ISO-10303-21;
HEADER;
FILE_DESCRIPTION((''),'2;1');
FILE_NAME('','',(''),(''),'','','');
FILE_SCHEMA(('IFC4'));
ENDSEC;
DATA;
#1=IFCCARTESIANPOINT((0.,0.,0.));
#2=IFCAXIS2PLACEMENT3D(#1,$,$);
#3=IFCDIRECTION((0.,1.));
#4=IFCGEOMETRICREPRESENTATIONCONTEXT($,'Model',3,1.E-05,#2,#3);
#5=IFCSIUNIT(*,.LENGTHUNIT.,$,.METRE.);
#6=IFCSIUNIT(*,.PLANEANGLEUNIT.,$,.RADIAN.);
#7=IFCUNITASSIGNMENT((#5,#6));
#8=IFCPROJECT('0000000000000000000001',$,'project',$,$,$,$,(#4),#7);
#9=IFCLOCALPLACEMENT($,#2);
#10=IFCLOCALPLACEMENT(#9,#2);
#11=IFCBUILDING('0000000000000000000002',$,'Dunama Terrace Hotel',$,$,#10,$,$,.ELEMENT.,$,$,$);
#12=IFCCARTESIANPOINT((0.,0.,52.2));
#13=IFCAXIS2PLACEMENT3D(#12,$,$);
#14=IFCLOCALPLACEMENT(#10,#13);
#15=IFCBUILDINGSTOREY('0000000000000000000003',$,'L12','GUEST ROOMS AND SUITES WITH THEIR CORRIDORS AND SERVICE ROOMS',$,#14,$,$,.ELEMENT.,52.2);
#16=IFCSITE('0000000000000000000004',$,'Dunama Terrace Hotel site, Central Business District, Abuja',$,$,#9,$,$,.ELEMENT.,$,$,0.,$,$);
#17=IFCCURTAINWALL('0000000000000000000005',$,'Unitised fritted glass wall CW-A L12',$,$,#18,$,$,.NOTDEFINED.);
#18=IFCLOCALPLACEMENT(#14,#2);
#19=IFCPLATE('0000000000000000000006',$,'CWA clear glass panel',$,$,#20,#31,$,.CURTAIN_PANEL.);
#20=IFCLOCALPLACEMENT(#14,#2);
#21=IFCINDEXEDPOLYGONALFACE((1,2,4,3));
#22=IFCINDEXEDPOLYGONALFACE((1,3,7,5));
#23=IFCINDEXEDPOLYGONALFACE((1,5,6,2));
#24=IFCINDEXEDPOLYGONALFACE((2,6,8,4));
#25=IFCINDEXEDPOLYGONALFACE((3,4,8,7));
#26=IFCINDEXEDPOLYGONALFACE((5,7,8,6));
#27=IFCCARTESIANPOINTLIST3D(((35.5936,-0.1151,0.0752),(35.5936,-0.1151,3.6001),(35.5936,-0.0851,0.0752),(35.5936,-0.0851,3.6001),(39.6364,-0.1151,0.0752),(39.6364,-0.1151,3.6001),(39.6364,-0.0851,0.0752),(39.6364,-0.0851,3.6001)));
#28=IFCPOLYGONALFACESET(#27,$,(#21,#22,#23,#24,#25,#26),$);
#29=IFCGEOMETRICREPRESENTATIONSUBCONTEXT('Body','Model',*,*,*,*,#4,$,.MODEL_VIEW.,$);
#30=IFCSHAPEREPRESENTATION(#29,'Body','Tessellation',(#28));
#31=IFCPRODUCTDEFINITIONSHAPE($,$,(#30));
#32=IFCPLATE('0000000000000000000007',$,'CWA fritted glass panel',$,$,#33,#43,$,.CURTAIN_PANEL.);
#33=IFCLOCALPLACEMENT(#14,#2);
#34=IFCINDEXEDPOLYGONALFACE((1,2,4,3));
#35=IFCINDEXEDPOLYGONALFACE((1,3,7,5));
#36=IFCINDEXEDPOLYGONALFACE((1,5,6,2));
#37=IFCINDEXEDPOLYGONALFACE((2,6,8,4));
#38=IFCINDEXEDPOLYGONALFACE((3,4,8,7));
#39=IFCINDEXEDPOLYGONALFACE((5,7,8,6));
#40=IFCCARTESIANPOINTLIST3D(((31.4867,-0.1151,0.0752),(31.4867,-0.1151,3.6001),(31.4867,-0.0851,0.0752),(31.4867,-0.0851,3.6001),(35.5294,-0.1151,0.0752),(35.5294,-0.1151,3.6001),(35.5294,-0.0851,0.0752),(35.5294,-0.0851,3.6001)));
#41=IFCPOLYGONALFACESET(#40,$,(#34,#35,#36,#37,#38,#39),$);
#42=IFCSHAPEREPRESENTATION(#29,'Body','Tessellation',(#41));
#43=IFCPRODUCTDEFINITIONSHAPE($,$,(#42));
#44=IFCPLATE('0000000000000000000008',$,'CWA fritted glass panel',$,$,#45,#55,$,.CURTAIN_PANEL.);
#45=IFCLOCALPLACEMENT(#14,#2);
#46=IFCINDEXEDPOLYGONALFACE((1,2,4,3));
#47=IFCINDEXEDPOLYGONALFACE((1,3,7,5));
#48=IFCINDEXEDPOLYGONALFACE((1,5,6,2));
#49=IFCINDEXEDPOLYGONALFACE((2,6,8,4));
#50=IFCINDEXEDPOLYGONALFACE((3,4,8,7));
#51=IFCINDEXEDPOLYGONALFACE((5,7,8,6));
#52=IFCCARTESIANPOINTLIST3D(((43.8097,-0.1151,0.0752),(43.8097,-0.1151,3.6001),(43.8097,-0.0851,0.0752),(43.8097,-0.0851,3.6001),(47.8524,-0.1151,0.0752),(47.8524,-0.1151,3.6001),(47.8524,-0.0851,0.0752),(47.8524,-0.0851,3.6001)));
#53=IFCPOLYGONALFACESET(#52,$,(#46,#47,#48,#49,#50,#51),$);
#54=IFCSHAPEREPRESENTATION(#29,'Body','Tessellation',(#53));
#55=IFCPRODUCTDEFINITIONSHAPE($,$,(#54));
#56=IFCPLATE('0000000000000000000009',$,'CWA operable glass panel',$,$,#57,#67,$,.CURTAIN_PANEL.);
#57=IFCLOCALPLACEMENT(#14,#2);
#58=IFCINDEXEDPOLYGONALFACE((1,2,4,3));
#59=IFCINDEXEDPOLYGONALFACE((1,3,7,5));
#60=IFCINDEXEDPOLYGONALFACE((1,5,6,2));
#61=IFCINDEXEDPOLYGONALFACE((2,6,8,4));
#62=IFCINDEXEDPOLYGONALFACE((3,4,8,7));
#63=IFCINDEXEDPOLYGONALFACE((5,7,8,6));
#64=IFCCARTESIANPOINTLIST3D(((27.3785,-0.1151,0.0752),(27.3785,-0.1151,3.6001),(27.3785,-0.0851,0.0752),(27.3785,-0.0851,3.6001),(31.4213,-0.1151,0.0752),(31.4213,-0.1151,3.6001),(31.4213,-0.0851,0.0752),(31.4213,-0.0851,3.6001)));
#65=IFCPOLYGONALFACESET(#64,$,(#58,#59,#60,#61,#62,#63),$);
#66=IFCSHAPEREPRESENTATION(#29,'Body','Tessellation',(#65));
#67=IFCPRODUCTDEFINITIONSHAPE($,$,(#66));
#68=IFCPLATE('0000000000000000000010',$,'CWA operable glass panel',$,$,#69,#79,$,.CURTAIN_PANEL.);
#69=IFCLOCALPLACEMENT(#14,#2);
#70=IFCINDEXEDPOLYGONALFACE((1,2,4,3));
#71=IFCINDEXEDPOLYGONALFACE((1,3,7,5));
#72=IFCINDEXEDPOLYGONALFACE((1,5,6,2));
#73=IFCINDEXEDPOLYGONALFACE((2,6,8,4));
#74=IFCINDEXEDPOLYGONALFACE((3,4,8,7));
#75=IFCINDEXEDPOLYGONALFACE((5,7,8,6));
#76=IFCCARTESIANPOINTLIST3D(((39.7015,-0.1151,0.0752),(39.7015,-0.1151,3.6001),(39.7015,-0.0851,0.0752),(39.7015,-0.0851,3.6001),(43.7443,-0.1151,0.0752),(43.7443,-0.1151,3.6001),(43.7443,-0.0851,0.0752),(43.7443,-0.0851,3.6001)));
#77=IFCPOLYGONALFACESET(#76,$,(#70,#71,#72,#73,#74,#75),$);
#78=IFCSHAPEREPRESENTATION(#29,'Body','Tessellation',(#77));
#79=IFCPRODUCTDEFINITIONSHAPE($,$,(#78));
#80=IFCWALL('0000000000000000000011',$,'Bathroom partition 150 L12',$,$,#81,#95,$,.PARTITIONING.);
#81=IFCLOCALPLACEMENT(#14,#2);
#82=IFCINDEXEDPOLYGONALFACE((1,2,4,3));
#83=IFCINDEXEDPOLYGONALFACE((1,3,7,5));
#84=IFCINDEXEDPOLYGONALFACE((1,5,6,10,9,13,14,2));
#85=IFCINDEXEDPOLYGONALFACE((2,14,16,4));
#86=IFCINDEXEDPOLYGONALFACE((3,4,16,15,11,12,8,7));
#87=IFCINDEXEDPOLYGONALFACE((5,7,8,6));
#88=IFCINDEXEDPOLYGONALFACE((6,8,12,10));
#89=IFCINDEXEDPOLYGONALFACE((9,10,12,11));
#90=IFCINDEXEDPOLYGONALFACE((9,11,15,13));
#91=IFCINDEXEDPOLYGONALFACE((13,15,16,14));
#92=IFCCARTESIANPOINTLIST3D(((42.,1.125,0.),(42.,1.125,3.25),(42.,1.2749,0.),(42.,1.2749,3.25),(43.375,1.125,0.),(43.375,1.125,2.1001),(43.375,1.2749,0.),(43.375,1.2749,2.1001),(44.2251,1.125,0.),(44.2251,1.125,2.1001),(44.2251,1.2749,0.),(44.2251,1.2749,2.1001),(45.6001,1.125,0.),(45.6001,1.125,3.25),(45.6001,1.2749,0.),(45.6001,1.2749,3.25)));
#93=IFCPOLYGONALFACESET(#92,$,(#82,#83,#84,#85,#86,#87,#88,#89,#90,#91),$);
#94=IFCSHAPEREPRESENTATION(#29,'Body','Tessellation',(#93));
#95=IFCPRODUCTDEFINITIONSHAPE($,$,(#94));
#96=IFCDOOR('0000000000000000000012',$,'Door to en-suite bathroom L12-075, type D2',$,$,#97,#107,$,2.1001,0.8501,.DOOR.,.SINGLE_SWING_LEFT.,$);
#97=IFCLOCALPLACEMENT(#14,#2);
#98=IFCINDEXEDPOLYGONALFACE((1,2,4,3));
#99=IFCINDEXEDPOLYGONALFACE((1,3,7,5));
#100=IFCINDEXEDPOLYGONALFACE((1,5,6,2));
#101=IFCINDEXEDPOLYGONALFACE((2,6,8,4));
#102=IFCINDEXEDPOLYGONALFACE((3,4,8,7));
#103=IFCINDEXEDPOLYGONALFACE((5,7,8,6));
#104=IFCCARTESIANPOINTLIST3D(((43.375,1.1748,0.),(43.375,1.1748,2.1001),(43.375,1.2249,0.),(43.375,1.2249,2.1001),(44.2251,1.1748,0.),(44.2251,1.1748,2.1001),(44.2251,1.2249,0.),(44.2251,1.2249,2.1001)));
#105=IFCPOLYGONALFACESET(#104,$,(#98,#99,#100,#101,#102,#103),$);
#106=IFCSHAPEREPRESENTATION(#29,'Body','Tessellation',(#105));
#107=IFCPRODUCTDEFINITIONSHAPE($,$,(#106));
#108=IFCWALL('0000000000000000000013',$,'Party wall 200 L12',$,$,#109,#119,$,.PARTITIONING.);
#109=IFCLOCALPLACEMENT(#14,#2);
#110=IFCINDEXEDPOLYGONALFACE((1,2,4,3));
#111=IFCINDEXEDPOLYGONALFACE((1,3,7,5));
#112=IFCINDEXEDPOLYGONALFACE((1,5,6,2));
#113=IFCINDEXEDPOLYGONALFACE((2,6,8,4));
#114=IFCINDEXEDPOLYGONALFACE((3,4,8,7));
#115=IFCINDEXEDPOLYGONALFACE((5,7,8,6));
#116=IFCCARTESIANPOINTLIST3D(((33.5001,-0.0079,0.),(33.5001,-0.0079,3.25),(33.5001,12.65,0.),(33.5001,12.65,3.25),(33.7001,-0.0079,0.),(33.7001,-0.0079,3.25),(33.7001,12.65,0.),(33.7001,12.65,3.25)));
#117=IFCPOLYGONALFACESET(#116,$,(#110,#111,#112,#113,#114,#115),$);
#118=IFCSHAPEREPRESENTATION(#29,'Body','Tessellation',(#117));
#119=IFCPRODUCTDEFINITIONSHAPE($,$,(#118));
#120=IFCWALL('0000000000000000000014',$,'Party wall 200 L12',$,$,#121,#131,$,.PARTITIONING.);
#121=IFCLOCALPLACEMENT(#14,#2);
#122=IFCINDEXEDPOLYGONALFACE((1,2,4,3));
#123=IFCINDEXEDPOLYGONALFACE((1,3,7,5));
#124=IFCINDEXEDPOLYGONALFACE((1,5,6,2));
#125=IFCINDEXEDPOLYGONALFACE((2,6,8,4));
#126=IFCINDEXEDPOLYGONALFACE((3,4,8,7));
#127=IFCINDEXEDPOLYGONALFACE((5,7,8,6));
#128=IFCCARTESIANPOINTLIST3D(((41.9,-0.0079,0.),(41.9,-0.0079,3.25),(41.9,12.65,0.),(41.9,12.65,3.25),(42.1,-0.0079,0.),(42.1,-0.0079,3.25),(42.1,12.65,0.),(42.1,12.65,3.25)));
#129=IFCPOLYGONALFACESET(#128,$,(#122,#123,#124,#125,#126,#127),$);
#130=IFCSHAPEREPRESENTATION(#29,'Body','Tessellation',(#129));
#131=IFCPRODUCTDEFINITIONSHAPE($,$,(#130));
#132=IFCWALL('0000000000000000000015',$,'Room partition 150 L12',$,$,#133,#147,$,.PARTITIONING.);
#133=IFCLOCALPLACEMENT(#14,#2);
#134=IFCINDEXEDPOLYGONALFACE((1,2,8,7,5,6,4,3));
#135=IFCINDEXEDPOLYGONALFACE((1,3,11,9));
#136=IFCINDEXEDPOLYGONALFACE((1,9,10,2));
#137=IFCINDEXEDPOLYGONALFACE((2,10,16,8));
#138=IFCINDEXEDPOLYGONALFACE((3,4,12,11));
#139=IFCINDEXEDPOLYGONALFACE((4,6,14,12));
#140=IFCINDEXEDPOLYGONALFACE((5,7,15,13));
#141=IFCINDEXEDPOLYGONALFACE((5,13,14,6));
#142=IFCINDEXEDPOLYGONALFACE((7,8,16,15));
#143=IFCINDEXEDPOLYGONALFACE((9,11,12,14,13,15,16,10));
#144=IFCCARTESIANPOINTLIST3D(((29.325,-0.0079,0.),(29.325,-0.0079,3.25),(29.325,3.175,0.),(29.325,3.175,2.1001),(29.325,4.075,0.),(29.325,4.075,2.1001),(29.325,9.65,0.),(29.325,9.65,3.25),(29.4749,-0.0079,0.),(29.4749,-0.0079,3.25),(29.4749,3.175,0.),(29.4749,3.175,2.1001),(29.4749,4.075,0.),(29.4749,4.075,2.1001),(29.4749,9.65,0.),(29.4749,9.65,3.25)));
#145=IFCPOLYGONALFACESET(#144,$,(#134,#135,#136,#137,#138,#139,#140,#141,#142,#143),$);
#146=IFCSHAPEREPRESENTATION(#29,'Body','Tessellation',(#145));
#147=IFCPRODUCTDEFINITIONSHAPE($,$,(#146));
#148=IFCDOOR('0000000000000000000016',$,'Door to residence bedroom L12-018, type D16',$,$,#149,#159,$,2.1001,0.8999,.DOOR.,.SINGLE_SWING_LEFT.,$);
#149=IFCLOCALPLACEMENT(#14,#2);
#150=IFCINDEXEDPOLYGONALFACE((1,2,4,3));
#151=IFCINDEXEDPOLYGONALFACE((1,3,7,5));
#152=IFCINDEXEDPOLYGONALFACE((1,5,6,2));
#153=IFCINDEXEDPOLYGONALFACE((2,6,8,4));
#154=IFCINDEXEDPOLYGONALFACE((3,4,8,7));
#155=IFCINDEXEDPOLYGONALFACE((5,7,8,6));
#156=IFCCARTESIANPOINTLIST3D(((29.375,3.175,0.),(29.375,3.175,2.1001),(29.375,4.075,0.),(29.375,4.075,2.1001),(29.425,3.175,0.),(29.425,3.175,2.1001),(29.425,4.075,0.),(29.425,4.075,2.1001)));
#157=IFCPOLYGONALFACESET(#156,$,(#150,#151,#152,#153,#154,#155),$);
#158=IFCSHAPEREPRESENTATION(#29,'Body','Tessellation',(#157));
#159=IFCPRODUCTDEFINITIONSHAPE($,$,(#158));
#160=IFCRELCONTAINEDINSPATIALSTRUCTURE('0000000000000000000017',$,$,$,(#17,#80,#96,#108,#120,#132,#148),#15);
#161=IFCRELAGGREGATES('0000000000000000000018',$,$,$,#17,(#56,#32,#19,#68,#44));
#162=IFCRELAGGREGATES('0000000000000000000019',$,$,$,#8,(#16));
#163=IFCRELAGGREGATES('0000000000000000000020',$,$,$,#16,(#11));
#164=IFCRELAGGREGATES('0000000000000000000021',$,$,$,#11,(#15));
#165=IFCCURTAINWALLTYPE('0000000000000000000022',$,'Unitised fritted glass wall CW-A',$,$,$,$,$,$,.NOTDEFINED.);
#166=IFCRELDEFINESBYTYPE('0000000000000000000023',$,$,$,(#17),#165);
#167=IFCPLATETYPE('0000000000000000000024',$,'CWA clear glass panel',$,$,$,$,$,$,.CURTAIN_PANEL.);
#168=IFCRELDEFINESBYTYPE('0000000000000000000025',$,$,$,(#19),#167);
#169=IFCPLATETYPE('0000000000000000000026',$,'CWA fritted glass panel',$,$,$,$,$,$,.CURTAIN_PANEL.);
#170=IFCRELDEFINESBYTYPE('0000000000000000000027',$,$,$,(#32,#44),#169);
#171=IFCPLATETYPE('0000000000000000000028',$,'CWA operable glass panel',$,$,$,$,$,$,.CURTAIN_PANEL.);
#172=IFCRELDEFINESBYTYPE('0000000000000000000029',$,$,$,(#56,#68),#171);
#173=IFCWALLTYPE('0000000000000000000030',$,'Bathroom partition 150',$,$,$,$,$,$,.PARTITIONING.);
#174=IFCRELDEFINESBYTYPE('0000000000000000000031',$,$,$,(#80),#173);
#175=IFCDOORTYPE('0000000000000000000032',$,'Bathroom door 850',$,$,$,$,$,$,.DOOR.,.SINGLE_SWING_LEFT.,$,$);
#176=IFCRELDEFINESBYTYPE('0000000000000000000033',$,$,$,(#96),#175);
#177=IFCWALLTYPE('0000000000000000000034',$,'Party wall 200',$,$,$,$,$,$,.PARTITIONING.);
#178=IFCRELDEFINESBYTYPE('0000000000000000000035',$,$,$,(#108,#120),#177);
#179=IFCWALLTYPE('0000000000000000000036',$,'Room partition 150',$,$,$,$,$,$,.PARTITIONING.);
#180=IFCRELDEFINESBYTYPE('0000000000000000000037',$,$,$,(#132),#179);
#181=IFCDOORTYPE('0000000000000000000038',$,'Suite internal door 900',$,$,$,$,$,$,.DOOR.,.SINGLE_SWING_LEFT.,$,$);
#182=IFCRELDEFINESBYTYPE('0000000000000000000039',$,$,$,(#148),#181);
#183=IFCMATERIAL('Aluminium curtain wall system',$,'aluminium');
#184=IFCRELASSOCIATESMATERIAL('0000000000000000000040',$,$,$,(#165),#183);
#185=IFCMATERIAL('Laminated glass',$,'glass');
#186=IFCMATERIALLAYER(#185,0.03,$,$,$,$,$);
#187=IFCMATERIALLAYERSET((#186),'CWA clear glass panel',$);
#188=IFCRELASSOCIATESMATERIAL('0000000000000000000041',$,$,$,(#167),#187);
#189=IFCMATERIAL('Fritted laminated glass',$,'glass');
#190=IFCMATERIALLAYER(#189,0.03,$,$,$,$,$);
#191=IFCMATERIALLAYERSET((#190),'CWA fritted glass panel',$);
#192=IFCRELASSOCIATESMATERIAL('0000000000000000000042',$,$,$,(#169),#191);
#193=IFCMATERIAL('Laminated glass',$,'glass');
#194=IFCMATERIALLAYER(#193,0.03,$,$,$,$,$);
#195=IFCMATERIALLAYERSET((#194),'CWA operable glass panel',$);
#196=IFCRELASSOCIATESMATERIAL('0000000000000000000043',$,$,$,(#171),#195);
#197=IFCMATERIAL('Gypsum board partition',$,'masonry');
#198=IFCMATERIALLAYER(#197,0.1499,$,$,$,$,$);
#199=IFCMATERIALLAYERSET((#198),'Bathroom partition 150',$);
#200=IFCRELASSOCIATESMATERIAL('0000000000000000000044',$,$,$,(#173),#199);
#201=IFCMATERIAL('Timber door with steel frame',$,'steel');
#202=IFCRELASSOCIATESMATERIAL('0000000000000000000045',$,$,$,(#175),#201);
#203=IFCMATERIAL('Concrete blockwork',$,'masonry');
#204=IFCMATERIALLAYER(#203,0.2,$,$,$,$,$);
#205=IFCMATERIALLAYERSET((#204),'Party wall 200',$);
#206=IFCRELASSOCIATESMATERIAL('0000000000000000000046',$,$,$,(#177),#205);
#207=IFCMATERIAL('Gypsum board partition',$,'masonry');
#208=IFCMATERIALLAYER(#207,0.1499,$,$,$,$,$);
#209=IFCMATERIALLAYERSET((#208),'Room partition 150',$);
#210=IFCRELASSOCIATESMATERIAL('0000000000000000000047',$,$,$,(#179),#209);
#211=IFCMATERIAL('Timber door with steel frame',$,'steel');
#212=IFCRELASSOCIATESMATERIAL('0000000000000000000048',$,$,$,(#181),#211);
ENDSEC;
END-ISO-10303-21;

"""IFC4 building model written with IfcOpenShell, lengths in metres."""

from ifc_helpers import new_model, si_unit, direction, frame, frame_2d, origin, origin_2d, place, context, subcontext, project, spatial, rectangle, extrude, material, layer, layer_set, type_object, element, fill, aggregate, save


model = new_model("IFC4")

# Units and contexts
model_context = context("Model", 3, precision=1e-05, world=origin(), true_north=direction((0.0, 1.0)))
body_context = subcontext(model_context, "Body", "Model", "MODEL_VIEW")
ifc_project = project(units=[si_unit("LENGTHUNIT", "METRE"), si_unit("PLANEANGLEUNIT", "RADIAN")], contexts=[model_context])

# Site, building, storey
site_placement = place(None, origin())
site = spatial("IfcSite", under=ifc_project, at=site_placement, Name="Dunama Terrace Hotel site, Central Business District, Abuja", CompositionType="ELEMENT", RefElevation=0.0)
building_placement = place(site_placement, origin())
building = spatial("IfcBuilding", under=site, at=building_placement, Name="Dunama Terrace Hotel", CompositionType="ELEMENT")
storey_placement = place(building_placement, frame((0.0, 0.0, 52.2)))
storey = spatial("IfcBuildingStorey", under=building, at=storey_placement, Name="L12", Description="GUEST ROOMS AND SUITES WITH THEIR CORRIDORS AND SERVICE ROOMS", CompositionType="ELEMENT", Elevation=52.2)

# Curtain wall
ifc_material_1 = material(Name="Aluminium curtain wall system", Category="aluminium")
curtain_wall_type = type_object("IfcCurtainWallType", Name="Unitised fritted glass wall CW-A", PredefinedType="NOTDEFINED", material=ifc_material_1)
curtain_wall_placement = place(storey_placement, origin())
curtain_wall = element("IfcCurtainWall", 1, at=curtain_wall_placement, inside=storey, type_object=curtain_wall_type, Name="Unitised fritted glass wall CW-A L12", PredefinedType="NOTDEFINED")

# Plates
ifc_material_2 = material(Name="Laminated glass", Category="glass")
ifc_layer_1 = layer(ifc_material_2, 0.03)
ifc_layer_set_1 = layer_set([ifc_layer_1], Name="CWA clear glass panel")
plate_type_1 = type_object("IfcPlateType", Name="CWA clear glass panel", PredefinedType="CURTAIN_PANEL", material=ifc_layer_set_1)
plate_1_placement = place(storey_placement, frame((37.615, -0.1001, 0.0752), z_axis=(0.0, 0.0, 1.0), x_axis=(1.0, 0.0, 0.0)))
plate_1 = element("IfcPlate", 2, at=plate_1_placement, type_object=plate_type_1, Name="CWA clear glass panel", PredefinedType="CURTAIN_PANEL", context=body_context, shape_type="SweptSolid", body=[
    extrude(rectangle(XDim=4.0427, YDim=0.03, at=origin_2d()), origin(), (0.0, 0.0, 1.0), 3.5249),
])
ifc_material_3 = material(Name="Fritted laminated glass", Category="glass")
ifc_layer_2 = layer(ifc_material_3, 0.03)
ifc_layer_set_2 = layer_set([ifc_layer_2], Name="CWA fritted glass panel")
plate_type_2 = type_object("IfcPlateType", Name="CWA fritted glass panel", PredefinedType="CURTAIN_PANEL", material=ifc_layer_set_2)
plate_2_placement = place(storey_placement, frame((33.5081, -0.1001, 0.0752), z_axis=(0.0, 0.0, 1.0), x_axis=(1.0, 0.0, 0.0)))
plate_2 = element("IfcPlate", 3, at=plate_2_placement, type_object=plate_type_2, Name="CWA fritted glass panel", PredefinedType="CURTAIN_PANEL", context=body_context, shape_type="SweptSolid", body=[
    extrude(rectangle(XDim=4.0427, YDim=0.03, at=origin_2d()), origin(), (0.0, 0.0, 1.0), 3.5249),
])
plate_3_placement = place(storey_placement, frame((45.8311, -0.1001, 0.0752), z_axis=(0.0, 0.0, 1.0), x_axis=(1.0, 0.0, 0.0)))
plate_3 = element("IfcPlate", 4, at=plate_3_placement, type_object=plate_type_2, Name="CWA fritted glass panel", PredefinedType="CURTAIN_PANEL", context=body_context, shape_type="SweptSolid", body=[
    extrude(rectangle(XDim=4.0427, YDim=0.03, at=origin_2d()), origin(), (0.0, 0.0, 1.0), 3.5249),
])
ifc_material_4 = material(Name="Laminated glass", Category="glass")
ifc_layer_3 = layer(ifc_material_4, 0.03)
ifc_layer_set_3 = layer_set([ifc_layer_3], Name="CWA operable glass panel")
plate_type_3 = type_object("IfcPlateType", Name="CWA operable glass panel", PredefinedType="CURTAIN_PANEL", material=ifc_layer_set_3)
plate_4_placement = place(storey_placement, frame((29.3999, -0.1001, 0.0752), z_axis=(0.0, 0.0, 1.0), x_axis=(1.0, 0.0, 0.0)))
plate_4 = element("IfcPlate", 5, at=plate_4_placement, type_object=plate_type_3, Name="CWA operable glass panel", PredefinedType="CURTAIN_PANEL", context=body_context, shape_type="SweptSolid", body=[
    extrude(rectangle(XDim=4.0427, YDim=0.03, at=origin_2d()), origin(), (0.0, 0.0, 1.0), 3.5249),
])
plate_5_placement = place(storey_placement, frame((41.7229, -0.1001, 0.0752), z_axis=(0.0, 0.0, 1.0), x_axis=(1.0, 0.0, 0.0)))
plate_5 = element("IfcPlate", 6, at=plate_5_placement, type_object=plate_type_3, Name="CWA operable glass panel", PredefinedType="CURTAIN_PANEL", context=body_context, shape_type="SweptSolid", body=[
    extrude(rectangle(XDim=4.0427, YDim=0.03, at=origin_2d()), origin(), (0.0, 0.0, 1.0), 3.5249),
])
aggregate(curtain_wall, [plate_4, plate_2, plate_1, plate_5, plate_3])

# Wall, opening, door
ifc_material_5 = material(Name="Gypsum board partition", Category="masonry")
ifc_layer_4 = layer(ifc_material_5, 0.1499)
ifc_layer_set_4 = layer_set([ifc_layer_4], Name="Bathroom partition 150")
wall_type_1 = type_object("IfcWallType", Name="Bathroom partition 150", PredefinedType="PARTITIONING", material=ifc_layer_set_4)
wall_1_placement = place(storey_placement, frame((42.0, 1.2, 0.0), z_axis=(0.0, 0.0, 1.0), x_axis=(1.0, 0.0, 0.0)))
wall_1 = element("IfcWall", 7, at=wall_1_placement, inside=storey, type_object=wall_type_1, Name="Bathroom partition 150 L12", PredefinedType="PARTITIONING", context=body_context, shape_type="SweptSolid", body=[
    extrude(rectangle(XDim=3.6001, YDim=0.1499, at=frame_2d((1.8, 0.0))), origin(), (0.0, 0.0, 1.0), 3.25),
])
opening_1_placement = place(wall_1_placement, frame((1.375, 0.0, 0.0)))
opening_1 = element("IfcOpeningElement", 8, at=opening_1_placement, cuts=wall_1, PredefinedType="OPENING", context=body_context, shape_type="SweptSolid", body=[
    extrude(rectangle(XDim=0.8501, YDim=2.1001, at=frame_2d((0.425, 1.05))), frame((0.0, 0.085, 0.0), z_axis=(0.0, -1.0, 0.0), x_axis=(1.0, 0.0, 0.0)), (0.0, 0.0, 1.0), 0.1699),
])
ifc_material_6 = material(Name="Timber door with steel frame", Category="steel")
door_type_1 = type_object("IfcDoorType", Name="Bathroom door 850", OperationType="SINGLE_SWING_LEFT", PredefinedType="DOOR", material=ifc_material_6)
door_1_placement = place(opening_1_placement, origin())
door_1 = element("IfcDoor", 9, at=door_1_placement, inside=storey, type_object=door_type_1, Name="Door to en-suite bathroom L12-075, type D2", OperationType="SINGLE_SWING_LEFT", OverallHeight=2.1001, OverallWidth=0.8501, PredefinedType="DOOR", context=body_context, shape_type="SweptSolid", body=[
    extrude(rectangle(XDim=0.8501, YDim=2.1001, at=frame_2d((0.425, 1.05))), frame((0.0, 0.0249, 0.0), z_axis=(0.0, -1.0, 0.0), x_axis=(1.0, 0.0, 0.0)), (0.0, 0.0, 1.0), 0.05),
])
fill(opening_1, door_1)

# Walls
ifc_material_7 = material(Name="Concrete blockwork", Category="masonry")
ifc_layer_5 = layer(ifc_material_7, 0.2)
ifc_layer_set_5 = layer_set([ifc_layer_5], Name="Party wall 200")
wall_type_2 = type_object("IfcWallType", Name="Party wall 200", PredefinedType="PARTITIONING", material=ifc_layer_set_5)
for number, where, z_axis, x_axis, name in (
    (10, (33.6001, -0.0081, 0.0), (0.0, 0.0, 1.0), (0.0, 1.0, 0.0), "Party wall 200 L12"),
    (11, (42.0, -0.0081, 0.0), (0.0, 0.0, 1.0), (0.0, 1.0, 0.0), "Party wall 200 L12"),
):
    element("IfcWall", number, at=place(storey_placement, frame(where, z_axis=z_axis, x_axis=x_axis)), inside=storey, type_object=wall_type_2, Name=name, PredefinedType="PARTITIONING", context=body_context, shape_type="SweptSolid", body=[
        extrude(rectangle(XDim=12.658, YDim=0.2, at=frame_2d((6.3291, 0.0))), origin(), (0.0, 0.0, 1.0), 3.25),
    ])

# Wall, opening, door
ifc_material_8 = material(Name="Gypsum board partition", Category="masonry")
ifc_layer_6 = layer(ifc_material_8, 0.1499)
ifc_layer_set_6 = layer_set([ifc_layer_6], Name="Room partition 150")
wall_type_3 = type_object("IfcWallType", Name="Room partition 150", PredefinedType="PARTITIONING", material=ifc_layer_set_6)
wall_2_placement = place(storey_placement, frame((29.3999, -0.0081, 0.0), z_axis=(0.0, 0.0, 1.0), x_axis=(0.0, 1.0, 0.0)))
wall_2 = element("IfcWall", 12, at=wall_2_placement, inside=storey, type_object=wall_type_3, Name="Room partition 150 L12", PredefinedType="PARTITIONING", context=body_context, shape_type="SweptSolid", body=[
    extrude(rectangle(XDim=9.658, YDim=0.1499, at=frame_2d((4.8291, 0.0))), origin(), (0.0, 0.0, 1.0), 3.25),
])
opening_2_placement = place(wall_2_placement, frame((3.1831, 0.0, 0.0)))
opening_2 = element("IfcOpeningElement", 13, at=opening_2_placement, cuts=wall_2, PredefinedType="OPENING", context=body_context, shape_type="SweptSolid", body=[
    extrude(rectangle(XDim=0.8999, YDim=2.1001, at=frame_2d((0.45, 1.05))), frame((0.0, 0.085, 0.0), z_axis=(0.0, -1.0, 0.0), x_axis=(1.0, 0.0, 0.0)), (0.0, 0.0, 1.0), 0.1699),
])
ifc_material_9 = material(Name="Timber door with steel frame", Category="steel")
door_type_2 = type_object("IfcDoorType", Name="Suite internal door 900", OperationType="SINGLE_SWING_LEFT", PredefinedType="DOOR", material=ifc_material_9)
door_2_placement = place(opening_2_placement, frame((0.8999, 0.0, 0.0), z_axis=(0.0, 0.0, 1.0), x_axis=(-1.0, 0.0, 0.0)))
door_2 = element("IfcDoor", 14, at=door_2_placement, inside=storey, type_object=door_type_2, Name="Door to residence bedroom L12-018, type D16", OperationType="SINGLE_SWING_LEFT", OverallHeight=2.1001, OverallWidth=0.8999, PredefinedType="DOOR", context=body_context, shape_type="SweptSolid", body=[
    extrude(rectangle(XDim=0.8999, YDim=2.1001, at=frame_2d((0.45, 1.05))), frame((0.0, 0.0251, 0.0), z_axis=(0.0, -1.0, 0.0), x_axis=(1.0, 0.0, 0.0)), (0.0, 0.0, 1.0), 0.05),
])
fill(opening_2, door_2)

save(model, "model.ifc")
